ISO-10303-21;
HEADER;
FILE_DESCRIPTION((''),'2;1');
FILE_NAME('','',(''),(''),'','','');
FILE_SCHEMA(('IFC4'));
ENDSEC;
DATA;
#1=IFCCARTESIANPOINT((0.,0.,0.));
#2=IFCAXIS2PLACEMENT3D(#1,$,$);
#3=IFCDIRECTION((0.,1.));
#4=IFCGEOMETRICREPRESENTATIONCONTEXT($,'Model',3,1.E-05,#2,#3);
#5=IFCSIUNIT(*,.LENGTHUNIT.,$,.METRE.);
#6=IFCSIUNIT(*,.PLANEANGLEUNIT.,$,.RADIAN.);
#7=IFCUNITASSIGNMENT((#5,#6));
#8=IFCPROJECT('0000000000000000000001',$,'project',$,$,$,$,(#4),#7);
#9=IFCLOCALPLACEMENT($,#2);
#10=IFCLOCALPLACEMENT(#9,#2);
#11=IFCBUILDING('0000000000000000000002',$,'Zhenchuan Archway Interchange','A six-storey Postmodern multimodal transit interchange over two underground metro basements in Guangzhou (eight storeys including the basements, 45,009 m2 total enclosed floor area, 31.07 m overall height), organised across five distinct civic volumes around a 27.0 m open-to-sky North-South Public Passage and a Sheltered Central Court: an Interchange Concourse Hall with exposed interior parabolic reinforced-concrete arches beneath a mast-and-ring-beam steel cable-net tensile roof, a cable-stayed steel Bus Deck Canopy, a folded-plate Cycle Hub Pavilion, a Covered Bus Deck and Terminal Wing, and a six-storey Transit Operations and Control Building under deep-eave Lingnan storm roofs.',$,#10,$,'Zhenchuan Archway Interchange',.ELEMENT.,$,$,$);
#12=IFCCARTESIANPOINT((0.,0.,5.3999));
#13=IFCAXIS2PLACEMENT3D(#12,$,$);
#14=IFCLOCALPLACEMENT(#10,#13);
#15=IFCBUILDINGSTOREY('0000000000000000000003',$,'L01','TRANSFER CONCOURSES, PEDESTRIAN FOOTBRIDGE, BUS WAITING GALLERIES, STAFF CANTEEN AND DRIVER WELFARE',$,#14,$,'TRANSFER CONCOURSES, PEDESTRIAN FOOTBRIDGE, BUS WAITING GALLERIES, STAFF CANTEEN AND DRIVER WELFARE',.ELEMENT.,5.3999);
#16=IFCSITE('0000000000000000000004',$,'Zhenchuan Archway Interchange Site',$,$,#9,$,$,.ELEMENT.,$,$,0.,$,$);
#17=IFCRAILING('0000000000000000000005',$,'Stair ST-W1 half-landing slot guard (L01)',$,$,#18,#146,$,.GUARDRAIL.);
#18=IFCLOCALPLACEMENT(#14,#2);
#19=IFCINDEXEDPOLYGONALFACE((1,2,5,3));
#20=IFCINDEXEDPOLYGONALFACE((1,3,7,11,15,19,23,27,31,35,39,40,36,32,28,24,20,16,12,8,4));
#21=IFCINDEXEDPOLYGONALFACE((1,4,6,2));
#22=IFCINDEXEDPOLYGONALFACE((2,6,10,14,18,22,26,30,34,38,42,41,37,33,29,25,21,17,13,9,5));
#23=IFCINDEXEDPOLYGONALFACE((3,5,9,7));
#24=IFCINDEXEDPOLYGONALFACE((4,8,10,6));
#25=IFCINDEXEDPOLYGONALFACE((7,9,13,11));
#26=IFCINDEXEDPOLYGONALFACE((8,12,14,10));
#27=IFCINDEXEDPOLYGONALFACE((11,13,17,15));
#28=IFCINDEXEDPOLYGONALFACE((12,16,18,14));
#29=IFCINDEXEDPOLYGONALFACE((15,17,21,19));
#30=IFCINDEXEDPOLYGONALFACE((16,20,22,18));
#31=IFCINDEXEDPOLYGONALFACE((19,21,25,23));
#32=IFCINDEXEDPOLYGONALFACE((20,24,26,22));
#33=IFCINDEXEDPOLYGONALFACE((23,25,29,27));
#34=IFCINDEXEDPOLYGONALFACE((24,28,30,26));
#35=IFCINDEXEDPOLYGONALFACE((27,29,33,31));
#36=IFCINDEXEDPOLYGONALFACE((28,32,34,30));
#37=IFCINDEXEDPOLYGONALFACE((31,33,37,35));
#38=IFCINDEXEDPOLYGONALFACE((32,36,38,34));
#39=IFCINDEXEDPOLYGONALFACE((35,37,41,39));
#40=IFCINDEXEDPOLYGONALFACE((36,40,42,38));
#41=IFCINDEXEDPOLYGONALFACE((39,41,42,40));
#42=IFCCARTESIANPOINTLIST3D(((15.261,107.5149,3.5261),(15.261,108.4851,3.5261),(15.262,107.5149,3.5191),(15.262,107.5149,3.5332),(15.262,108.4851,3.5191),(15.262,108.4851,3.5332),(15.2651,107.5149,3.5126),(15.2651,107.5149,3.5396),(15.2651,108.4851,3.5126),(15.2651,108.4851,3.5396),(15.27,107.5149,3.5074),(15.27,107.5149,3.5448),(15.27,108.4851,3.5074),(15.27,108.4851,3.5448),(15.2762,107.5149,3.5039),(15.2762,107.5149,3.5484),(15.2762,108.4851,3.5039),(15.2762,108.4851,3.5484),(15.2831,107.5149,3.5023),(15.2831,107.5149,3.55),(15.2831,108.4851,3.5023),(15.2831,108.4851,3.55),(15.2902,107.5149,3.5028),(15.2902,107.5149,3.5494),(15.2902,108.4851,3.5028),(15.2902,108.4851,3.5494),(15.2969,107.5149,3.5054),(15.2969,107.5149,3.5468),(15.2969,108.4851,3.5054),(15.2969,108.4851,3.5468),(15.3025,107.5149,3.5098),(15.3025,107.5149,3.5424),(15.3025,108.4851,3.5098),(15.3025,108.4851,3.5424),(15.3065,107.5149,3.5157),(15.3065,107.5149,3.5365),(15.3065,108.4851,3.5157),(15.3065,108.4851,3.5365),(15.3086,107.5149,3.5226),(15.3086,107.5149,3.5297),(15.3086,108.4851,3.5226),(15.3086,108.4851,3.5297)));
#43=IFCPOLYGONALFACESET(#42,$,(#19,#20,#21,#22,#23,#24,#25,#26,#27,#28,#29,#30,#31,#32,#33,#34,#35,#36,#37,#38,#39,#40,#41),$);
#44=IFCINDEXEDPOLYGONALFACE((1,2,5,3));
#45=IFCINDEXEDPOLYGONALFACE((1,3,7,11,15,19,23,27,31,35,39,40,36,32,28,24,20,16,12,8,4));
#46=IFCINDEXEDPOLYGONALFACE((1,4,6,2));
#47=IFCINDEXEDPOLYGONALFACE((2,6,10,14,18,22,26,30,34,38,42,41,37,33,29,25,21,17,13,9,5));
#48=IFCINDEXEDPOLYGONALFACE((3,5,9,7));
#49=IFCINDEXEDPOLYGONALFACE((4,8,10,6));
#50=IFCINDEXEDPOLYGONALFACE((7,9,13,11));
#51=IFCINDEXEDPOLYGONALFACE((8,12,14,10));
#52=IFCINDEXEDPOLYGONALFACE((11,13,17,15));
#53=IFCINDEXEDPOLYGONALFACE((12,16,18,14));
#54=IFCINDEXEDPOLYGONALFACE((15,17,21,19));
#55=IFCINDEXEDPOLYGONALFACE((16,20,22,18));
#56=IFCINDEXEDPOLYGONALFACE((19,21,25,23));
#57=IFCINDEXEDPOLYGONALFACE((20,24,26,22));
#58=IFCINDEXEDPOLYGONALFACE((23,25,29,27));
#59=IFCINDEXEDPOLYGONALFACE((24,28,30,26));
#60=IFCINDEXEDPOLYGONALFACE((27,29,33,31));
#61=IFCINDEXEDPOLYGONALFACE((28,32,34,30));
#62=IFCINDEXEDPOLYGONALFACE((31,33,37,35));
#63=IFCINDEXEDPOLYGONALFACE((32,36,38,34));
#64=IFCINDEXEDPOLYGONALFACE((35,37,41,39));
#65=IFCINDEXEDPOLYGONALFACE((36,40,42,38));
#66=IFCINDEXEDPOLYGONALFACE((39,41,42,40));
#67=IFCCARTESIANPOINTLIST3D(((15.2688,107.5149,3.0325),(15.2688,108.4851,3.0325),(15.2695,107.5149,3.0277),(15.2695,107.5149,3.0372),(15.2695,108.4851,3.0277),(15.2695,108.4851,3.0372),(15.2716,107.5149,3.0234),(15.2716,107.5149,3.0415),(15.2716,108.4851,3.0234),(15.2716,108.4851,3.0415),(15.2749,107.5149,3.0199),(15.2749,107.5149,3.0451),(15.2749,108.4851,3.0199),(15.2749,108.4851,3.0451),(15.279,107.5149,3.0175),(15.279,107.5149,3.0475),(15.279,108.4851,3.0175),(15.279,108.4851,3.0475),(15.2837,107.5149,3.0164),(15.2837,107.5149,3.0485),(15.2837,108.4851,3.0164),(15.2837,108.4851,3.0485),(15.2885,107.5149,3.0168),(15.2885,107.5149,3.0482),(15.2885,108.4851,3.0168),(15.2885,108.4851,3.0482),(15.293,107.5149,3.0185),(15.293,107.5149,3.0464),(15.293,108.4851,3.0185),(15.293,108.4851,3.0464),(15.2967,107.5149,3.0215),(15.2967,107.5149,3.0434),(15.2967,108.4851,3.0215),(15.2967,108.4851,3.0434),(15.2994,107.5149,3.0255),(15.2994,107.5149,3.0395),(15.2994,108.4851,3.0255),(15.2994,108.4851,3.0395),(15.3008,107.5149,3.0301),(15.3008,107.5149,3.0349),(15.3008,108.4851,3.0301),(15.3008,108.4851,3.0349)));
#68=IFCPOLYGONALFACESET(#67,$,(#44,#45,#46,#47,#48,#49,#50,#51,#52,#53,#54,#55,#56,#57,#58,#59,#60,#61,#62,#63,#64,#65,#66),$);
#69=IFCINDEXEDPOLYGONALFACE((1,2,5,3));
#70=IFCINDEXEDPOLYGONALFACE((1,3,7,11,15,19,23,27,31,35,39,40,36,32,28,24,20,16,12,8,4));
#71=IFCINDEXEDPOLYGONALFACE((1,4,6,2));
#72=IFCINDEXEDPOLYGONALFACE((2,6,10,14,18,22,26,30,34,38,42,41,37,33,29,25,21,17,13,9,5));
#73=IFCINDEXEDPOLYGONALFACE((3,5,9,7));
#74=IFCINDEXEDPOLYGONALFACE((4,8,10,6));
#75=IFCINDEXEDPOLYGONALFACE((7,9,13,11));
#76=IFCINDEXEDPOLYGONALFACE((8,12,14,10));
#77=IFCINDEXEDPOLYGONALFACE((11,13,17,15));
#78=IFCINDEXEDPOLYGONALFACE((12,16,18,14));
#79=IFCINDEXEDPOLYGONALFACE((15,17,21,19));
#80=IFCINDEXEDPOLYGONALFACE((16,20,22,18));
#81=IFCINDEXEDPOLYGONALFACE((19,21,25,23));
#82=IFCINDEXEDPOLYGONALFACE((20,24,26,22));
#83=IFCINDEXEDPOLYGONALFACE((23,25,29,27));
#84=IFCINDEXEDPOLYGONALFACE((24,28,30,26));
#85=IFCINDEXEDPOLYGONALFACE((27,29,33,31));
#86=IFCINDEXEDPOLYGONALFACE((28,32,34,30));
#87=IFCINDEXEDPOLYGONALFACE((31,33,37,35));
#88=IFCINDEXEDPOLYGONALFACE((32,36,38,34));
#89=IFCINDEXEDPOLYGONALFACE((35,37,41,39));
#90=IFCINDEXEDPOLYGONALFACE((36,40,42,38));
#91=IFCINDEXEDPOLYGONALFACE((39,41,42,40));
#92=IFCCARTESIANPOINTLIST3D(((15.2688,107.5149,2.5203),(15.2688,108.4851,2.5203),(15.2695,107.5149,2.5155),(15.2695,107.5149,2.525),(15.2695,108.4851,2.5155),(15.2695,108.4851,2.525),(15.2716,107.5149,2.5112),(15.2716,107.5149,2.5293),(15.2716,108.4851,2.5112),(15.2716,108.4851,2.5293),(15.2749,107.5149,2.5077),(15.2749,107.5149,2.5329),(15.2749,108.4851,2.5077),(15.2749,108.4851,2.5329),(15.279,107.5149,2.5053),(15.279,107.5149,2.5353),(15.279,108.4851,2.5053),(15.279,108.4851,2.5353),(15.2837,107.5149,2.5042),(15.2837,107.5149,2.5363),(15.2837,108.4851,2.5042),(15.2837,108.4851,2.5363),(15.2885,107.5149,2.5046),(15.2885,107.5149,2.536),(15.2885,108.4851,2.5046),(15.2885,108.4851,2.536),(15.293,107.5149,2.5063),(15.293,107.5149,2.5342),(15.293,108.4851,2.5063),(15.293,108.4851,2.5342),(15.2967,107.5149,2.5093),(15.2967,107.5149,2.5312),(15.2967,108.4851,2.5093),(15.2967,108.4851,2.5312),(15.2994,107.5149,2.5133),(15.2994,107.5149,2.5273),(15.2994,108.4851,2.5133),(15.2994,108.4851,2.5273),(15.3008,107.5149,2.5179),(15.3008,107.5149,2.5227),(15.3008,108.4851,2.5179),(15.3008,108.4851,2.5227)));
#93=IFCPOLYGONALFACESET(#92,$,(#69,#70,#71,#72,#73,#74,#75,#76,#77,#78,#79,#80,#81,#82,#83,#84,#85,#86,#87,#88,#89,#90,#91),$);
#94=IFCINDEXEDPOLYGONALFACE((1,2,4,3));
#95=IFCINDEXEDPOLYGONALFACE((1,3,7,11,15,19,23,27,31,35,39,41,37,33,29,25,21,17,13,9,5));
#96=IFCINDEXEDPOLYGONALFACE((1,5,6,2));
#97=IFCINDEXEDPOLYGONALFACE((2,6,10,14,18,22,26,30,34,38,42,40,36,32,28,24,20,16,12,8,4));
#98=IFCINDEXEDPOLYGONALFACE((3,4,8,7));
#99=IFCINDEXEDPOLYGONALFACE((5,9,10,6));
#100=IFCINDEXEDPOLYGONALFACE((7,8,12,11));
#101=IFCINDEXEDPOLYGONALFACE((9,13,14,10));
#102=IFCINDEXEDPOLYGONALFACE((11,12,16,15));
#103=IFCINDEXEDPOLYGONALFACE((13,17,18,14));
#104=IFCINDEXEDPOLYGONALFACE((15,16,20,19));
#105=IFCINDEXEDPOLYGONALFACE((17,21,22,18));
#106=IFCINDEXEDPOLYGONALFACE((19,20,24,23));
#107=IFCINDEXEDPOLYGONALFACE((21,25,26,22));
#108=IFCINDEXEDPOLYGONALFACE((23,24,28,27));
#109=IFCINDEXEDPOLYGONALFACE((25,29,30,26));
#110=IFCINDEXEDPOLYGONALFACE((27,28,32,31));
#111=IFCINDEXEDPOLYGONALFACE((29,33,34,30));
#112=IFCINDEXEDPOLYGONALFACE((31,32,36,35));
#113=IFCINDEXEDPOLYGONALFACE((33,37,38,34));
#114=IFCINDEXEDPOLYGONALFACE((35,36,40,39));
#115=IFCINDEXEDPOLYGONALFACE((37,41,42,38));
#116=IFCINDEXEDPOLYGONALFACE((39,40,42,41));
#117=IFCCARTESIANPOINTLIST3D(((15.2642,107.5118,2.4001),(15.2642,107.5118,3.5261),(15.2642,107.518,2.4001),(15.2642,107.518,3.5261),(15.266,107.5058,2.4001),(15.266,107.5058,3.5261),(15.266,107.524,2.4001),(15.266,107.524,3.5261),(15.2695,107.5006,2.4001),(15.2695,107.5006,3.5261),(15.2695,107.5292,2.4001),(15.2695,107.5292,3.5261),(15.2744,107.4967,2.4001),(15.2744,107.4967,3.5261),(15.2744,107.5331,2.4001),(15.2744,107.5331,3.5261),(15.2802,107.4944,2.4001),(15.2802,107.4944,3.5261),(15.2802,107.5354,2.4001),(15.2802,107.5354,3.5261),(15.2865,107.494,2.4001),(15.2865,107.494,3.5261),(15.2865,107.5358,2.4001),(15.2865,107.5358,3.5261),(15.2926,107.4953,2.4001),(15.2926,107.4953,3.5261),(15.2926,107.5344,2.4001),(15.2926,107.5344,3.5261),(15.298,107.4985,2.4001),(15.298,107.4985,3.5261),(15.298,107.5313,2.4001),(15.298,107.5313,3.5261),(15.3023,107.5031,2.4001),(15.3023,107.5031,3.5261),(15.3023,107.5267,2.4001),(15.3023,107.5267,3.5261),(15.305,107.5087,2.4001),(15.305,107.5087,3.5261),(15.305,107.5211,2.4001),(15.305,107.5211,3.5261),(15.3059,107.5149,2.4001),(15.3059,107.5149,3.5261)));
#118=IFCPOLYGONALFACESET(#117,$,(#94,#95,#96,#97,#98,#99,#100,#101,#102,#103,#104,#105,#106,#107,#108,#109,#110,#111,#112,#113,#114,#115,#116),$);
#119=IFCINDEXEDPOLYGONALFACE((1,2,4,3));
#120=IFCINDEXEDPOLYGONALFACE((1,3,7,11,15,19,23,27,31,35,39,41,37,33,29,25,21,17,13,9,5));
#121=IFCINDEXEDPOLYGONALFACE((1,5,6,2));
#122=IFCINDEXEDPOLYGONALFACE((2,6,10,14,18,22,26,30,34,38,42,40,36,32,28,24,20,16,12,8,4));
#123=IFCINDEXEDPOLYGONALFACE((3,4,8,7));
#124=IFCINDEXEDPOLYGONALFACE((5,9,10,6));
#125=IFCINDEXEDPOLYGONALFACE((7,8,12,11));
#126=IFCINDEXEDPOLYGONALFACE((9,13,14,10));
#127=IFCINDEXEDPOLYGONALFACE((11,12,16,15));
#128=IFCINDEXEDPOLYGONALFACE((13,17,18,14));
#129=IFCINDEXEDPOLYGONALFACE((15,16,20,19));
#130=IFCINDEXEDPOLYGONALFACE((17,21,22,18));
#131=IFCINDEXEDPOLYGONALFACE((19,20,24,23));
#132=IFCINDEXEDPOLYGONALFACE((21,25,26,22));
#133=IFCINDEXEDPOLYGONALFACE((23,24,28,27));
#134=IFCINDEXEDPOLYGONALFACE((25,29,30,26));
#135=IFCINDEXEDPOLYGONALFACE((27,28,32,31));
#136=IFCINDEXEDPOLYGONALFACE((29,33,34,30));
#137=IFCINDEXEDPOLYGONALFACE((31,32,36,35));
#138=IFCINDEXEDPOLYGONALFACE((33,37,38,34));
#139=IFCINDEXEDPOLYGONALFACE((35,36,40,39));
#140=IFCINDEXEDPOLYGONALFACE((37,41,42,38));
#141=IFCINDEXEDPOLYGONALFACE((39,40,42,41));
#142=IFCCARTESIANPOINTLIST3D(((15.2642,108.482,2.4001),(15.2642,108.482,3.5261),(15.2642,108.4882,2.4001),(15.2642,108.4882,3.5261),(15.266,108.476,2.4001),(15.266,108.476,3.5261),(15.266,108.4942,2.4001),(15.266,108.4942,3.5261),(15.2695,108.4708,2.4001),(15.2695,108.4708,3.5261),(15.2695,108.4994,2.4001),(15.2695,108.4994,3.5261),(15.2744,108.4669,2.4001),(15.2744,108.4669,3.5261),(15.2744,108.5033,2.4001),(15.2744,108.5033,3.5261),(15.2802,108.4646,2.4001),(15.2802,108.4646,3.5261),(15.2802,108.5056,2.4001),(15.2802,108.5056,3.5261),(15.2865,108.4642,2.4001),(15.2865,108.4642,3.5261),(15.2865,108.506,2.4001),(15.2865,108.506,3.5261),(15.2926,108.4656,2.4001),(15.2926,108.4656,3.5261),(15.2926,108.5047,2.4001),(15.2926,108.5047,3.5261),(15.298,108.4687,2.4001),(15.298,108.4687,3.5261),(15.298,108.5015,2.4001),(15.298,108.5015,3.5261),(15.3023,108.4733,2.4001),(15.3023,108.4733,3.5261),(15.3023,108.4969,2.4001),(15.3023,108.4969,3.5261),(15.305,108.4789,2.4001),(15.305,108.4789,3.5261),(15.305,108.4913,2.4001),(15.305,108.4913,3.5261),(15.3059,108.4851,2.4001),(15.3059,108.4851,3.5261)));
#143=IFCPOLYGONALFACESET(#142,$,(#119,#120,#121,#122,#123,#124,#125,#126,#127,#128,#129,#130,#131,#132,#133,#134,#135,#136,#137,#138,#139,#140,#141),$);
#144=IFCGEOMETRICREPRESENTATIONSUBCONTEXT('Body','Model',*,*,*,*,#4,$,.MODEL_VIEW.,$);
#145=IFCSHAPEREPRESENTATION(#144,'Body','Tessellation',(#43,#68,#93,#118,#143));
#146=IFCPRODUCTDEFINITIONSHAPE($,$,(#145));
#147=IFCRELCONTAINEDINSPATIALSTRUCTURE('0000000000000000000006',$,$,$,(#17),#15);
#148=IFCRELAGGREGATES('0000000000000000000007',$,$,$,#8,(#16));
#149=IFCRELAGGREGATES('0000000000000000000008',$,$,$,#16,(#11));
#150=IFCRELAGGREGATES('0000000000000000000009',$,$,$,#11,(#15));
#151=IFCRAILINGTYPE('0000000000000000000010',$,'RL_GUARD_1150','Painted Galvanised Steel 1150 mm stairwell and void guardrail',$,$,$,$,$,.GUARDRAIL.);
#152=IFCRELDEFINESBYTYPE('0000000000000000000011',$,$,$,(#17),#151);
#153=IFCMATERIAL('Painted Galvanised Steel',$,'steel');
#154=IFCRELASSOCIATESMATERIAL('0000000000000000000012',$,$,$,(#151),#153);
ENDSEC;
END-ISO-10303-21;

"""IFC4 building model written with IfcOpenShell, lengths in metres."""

from ifc_helpers import new_model, si_unit, direction, frame, origin, origin_2d, place, context, subcontext, project, spatial, circle, extrude, material, type_object, element, save


model = new_model("IFC4")

# Units and contexts
model_context = context("Model", 3, precision=1e-05, world=origin(), true_north=direction((0.0, 1.0)))
body_context = subcontext(model_context, "Body", "Model", "MODEL_VIEW")
ifc_project = project(units=[si_unit("LENGTHUNIT", "METRE"), si_unit("PLANEANGLEUNIT", "RADIAN")], contexts=[model_context])

# Site, building, storey
site_placement = place(None, origin())
site = spatial("IfcSite", under=ifc_project, at=site_placement, Name="Zhenchuan Archway Interchange Site", CompositionType="ELEMENT", RefElevation=0.0)
building_placement = place(site_placement, origin())
building = spatial("IfcBuilding", under=site, at=building_placement, Name="Zhenchuan Archway Interchange", Description="A six-storey Postmodern multimodal transit interchange over two underground metro basements in Guangzhou (eight storeys including the basements, 45,009 m2 total enclosed floor area, 31.07 m overall height), organised across five distinct civic volumes around a 27.0 m open-to-sky North-South Public Passage and a Sheltered Central Court: an Interchange Concourse Hall with exposed interior parabolic reinforced-concrete arches beneath a mast-and-ring-beam steel cable-net tensile roof, a cable-stayed steel Bus Deck Canopy, a folded-plate Cycle Hub Pavilion, a Covered Bus Deck and Terminal Wing, and a six-storey Transit Operations and Control Building under deep-eave Lingnan storm roofs.", LongName="Zhenchuan Archway Interchange", CompositionType="ELEMENT")
storey_placement = place(building_placement, frame((0.0, 0.0, 5.3999)))
storey = spatial("IfcBuildingStorey", under=building, at=storey_placement, Name="L01", Description="TRANSFER CONCOURSES, PEDESTRIAN FOOTBRIDGE, BUS WAITING GALLERIES, STAFF CANTEEN AND DRIVER WELFARE", LongName="TRANSFER CONCOURSES, PEDESTRIAN FOOTBRIDGE, BUS WAITING GALLERIES, STAFF CANTEEN AND DRIVER WELFARE", CompositionType="ELEMENT", Elevation=5.3999)

# Railing
ifc_material_1 = material(Name="Painted Galvanised Steel", Category="steel")
railing_type_1 = type_object("IfcRailingType", Name="RL_GUARD_1150", Description="Painted Galvanised Steel 1150 mm stairwell and void guardrail", PredefinedType="GUARDRAIL", material=ifc_material_1)
railing_1_placement = place(storey_placement, frame((15.2849, 107.5149, 2.4001)))
element("IfcRailing", 1, at=railing_1_placement, inside=storey, type_object=railing_type_1, Name="Stair ST-W1 half-landing slot guard (L01)", PredefinedType="GUARDRAIL", context=body_context, shape_type="SweptSolid", body=[
    extrude(circle(Radius=0.0239, at=origin_2d()), frame((0.0, 0.0, 1.126), z_axis=(0.0, 1.0, 0.0), x_axis=(-1.0, 0.0, 0.0)), (0.0, 0.0, 1.0), 0.9702),
    extrude(circle(Radius=0.0161, at=origin_2d()), frame((0.0, 0.0, 0.6323), z_axis=(0.0, 1.0, 0.0), x_axis=(-1.0, 0.0, 0.0)), (0.0, 0.0, 1.0), 0.9702),
    extrude(circle(Radius=0.0161, at=origin_2d()), frame((0.0, 0.0, 0.1201), z_axis=(0.0, 1.0, 0.0), x_axis=(-1.0, 0.0, 0.0)), (0.0, 0.0, 1.0), 0.9702),
    extrude(circle(Radius=0.021, at=origin_2d()), origin(), (0.0, 0.0, 1.0), 1.126),
    extrude(circle(Radius=0.021, at=origin_2d()), frame((0.0, 0.9702, 0.0)), (0.0, 0.0, 1.0), 1.126),
])

save(model, "model.ifc")
